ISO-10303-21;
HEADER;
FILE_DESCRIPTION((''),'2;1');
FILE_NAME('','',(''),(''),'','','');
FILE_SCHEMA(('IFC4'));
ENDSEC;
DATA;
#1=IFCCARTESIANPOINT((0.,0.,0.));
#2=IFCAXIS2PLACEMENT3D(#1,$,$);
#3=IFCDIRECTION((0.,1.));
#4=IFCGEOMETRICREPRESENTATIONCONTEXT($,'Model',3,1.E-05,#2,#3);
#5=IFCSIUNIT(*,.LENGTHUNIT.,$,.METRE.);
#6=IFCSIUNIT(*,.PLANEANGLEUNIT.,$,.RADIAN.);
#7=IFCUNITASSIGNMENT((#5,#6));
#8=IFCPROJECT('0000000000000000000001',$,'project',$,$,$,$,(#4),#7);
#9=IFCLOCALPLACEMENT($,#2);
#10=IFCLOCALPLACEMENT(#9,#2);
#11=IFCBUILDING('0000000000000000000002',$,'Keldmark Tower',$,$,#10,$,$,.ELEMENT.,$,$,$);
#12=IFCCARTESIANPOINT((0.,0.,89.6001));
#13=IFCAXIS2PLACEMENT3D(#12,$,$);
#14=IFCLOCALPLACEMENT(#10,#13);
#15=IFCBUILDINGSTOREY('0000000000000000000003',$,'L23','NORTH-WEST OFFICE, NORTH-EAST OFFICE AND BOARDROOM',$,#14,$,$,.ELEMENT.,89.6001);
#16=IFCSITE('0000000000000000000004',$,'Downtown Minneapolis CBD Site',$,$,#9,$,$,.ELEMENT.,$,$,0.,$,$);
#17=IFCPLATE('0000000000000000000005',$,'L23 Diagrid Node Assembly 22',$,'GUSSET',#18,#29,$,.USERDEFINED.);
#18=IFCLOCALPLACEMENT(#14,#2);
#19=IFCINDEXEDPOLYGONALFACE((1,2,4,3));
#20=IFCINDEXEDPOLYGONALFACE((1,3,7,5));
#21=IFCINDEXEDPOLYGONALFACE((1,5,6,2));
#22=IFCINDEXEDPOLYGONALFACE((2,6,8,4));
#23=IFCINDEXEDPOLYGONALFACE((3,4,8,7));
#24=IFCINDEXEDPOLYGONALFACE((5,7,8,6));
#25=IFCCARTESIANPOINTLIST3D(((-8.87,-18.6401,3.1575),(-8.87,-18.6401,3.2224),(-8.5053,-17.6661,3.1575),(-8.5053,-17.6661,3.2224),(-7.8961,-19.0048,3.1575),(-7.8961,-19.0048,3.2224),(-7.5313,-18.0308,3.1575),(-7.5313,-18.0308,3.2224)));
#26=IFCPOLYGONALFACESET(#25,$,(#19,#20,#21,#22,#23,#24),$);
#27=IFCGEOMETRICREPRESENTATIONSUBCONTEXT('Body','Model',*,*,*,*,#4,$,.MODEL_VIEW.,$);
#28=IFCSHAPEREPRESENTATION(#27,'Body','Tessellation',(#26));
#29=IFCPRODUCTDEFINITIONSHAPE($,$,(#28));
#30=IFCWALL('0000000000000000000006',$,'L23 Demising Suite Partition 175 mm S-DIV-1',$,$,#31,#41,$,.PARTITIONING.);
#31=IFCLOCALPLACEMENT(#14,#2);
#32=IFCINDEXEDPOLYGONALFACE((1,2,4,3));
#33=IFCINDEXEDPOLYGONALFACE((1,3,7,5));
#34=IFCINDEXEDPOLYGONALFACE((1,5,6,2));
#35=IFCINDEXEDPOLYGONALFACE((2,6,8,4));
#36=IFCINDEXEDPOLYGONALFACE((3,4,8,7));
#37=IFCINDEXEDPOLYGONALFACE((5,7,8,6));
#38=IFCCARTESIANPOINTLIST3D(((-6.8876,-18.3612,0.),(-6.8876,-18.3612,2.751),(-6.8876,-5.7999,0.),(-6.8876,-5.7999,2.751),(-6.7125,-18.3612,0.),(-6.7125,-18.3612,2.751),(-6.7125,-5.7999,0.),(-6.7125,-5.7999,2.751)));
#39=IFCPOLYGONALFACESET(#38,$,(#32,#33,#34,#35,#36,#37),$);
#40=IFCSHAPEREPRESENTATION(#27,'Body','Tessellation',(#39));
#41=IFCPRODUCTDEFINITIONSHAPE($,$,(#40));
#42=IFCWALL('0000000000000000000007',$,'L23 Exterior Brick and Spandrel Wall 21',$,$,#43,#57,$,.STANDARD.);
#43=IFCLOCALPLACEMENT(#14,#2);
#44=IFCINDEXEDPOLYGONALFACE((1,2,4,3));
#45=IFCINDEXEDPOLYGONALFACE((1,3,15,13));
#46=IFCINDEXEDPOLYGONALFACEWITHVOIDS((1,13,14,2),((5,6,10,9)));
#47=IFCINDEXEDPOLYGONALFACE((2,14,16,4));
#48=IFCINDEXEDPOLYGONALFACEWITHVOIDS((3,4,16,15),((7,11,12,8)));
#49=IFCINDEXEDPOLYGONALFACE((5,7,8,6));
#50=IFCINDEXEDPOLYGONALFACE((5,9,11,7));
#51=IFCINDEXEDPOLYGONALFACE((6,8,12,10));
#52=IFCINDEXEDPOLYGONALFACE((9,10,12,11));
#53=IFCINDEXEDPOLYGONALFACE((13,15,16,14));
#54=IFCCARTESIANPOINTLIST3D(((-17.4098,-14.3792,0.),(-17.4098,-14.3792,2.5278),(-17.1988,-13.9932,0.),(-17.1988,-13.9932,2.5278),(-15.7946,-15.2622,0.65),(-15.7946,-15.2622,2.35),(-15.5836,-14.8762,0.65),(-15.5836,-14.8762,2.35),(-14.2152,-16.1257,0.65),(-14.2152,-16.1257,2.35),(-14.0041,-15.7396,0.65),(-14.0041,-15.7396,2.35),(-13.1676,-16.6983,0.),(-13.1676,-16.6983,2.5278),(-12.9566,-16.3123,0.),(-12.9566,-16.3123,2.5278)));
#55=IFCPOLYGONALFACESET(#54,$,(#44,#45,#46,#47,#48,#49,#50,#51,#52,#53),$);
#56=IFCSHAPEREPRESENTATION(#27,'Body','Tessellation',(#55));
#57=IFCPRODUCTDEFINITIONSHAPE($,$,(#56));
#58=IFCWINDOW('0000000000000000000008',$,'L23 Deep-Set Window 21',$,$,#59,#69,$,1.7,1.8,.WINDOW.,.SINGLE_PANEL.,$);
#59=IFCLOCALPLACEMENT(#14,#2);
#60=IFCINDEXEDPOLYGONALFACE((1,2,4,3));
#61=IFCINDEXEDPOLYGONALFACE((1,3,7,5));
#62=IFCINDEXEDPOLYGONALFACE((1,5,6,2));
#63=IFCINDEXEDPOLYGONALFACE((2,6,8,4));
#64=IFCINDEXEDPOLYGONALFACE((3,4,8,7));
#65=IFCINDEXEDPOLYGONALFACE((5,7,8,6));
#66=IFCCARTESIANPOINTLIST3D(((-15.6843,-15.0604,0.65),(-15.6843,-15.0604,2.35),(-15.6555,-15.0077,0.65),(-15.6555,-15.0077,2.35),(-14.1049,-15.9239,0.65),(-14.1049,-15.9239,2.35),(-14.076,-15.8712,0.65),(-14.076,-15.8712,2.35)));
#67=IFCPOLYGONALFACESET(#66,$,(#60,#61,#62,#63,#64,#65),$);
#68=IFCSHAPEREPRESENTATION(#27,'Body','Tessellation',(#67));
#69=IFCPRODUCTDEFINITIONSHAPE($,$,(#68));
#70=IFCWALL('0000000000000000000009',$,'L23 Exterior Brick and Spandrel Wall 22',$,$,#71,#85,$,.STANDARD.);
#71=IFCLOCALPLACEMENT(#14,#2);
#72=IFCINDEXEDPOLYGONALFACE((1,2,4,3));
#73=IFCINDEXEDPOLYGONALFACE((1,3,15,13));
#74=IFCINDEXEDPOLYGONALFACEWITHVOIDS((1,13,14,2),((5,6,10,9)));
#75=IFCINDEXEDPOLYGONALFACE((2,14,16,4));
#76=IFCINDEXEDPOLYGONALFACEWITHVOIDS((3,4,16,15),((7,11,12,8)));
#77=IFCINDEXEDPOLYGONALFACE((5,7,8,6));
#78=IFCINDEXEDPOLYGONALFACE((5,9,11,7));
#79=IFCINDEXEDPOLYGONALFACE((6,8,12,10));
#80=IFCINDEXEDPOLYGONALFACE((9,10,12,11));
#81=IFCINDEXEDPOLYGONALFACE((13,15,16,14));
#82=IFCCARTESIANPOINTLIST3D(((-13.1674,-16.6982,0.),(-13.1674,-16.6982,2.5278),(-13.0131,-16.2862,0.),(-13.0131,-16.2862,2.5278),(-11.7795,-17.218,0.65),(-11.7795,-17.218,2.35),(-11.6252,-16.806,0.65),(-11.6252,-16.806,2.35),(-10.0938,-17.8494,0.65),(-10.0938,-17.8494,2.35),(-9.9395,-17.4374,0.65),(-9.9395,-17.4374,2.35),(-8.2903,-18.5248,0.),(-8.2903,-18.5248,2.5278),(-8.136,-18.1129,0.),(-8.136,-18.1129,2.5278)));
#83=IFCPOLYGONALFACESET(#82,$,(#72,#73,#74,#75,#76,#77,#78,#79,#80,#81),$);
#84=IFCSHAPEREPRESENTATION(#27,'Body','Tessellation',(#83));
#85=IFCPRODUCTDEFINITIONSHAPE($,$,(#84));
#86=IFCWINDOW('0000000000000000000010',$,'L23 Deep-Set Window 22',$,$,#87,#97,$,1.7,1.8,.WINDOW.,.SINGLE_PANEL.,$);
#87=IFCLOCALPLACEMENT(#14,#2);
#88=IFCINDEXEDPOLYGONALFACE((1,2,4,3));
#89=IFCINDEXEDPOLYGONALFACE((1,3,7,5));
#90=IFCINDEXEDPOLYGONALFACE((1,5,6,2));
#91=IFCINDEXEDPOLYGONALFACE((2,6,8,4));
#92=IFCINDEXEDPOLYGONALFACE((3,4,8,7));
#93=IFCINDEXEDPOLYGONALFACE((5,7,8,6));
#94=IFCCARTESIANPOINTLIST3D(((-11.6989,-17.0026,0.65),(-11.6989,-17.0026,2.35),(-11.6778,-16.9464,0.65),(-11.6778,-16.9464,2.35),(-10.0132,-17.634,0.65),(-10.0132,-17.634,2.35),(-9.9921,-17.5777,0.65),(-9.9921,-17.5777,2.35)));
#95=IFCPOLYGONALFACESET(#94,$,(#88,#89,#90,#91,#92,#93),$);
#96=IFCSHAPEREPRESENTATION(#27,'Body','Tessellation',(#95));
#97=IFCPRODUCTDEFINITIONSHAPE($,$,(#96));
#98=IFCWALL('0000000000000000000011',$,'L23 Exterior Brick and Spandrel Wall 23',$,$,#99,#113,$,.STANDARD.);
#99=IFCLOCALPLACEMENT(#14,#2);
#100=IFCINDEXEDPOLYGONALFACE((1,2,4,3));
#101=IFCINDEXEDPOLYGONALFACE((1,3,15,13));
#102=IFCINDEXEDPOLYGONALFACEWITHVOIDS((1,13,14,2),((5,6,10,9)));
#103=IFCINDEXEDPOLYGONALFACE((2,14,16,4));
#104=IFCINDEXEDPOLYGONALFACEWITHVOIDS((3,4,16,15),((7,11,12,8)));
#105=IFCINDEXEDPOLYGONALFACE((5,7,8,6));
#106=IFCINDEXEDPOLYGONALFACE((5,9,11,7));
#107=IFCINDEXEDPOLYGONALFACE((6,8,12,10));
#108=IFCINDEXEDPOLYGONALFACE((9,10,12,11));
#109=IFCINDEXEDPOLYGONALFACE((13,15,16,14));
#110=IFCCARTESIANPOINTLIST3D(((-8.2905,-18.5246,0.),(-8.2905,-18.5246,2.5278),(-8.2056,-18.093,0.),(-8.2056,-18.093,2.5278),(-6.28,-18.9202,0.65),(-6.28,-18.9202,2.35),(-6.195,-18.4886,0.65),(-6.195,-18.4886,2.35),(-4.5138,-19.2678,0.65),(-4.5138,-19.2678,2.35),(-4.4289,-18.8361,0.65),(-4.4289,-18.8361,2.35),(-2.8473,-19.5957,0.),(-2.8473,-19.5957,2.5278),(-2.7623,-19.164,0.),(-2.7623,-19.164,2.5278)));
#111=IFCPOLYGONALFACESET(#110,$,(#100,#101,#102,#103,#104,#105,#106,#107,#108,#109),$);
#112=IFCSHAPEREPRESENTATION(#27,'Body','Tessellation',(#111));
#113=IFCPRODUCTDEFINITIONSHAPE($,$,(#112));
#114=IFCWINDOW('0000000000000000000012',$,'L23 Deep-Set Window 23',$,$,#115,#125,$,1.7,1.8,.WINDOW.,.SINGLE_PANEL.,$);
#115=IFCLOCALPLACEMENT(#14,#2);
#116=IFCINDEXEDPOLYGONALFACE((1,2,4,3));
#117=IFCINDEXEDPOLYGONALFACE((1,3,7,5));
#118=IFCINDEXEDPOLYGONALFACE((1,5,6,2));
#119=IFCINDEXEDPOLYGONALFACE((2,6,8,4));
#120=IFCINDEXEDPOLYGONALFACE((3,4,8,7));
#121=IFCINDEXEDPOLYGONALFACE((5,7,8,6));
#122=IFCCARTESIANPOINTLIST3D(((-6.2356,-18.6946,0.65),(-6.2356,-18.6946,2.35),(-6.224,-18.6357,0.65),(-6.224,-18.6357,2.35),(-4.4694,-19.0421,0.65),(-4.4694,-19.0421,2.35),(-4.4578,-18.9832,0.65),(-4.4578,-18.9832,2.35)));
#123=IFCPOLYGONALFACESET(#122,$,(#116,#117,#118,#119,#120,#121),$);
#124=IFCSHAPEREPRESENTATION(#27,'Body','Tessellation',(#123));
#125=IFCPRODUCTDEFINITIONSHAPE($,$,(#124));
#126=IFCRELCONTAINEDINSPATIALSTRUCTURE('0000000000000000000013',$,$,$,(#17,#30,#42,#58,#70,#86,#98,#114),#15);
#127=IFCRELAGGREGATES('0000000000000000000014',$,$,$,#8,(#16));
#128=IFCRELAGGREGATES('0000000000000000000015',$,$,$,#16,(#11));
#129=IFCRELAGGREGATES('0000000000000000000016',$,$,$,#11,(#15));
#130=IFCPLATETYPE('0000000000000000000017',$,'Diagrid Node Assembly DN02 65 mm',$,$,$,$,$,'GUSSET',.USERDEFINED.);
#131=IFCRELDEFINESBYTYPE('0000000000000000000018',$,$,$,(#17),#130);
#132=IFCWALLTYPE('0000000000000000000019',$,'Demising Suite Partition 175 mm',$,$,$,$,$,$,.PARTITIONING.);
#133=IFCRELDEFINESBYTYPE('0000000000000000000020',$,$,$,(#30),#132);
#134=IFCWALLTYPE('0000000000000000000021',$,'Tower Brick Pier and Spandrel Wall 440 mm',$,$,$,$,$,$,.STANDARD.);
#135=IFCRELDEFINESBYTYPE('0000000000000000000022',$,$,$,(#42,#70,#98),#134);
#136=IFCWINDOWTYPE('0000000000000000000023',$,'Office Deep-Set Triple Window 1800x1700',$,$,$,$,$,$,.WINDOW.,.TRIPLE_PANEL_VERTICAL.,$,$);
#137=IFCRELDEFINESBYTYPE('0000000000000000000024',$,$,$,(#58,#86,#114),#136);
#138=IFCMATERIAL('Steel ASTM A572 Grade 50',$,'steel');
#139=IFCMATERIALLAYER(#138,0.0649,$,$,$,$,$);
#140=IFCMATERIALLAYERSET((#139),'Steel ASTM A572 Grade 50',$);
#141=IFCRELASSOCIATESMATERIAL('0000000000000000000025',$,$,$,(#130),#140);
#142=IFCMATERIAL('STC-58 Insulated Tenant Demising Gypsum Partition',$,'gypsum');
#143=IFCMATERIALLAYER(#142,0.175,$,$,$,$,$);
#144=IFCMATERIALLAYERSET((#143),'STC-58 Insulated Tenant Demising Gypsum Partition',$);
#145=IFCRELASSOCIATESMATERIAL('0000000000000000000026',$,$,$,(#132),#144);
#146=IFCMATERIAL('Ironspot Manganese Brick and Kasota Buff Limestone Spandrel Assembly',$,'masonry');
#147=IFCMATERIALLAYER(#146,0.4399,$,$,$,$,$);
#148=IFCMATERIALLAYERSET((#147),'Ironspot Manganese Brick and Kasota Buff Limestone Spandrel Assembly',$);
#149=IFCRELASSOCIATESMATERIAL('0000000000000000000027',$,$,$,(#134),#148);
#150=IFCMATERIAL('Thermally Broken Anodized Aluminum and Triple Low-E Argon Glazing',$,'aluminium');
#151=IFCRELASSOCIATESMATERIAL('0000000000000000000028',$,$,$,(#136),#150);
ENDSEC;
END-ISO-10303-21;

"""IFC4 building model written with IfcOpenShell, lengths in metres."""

from ifc_helpers import new_model, si_unit, direction, frame, frame_2d, origin, origin_2d, place, context, subcontext, project, spatial, rectangle, extrude, material, layer, layer_set, type_object, element, fill, save


model = new_model("IFC4")

# Units and contexts
model_context = context("Model", 3, precision=1e-05, world=origin(), true_north=direction((0.0, 1.0)))
body_context = subcontext(model_context, "Body", "Model", "MODEL_VIEW")
ifc_project = project(units=[si_unit("LENGTHUNIT", "METRE"), si_unit("PLANEANGLEUNIT", "RADIAN")], contexts=[model_context])

# Site, building, storey
site_placement = place(None, origin())
site = spatial("IfcSite", under=ifc_project, at=site_placement, Name="Downtown Minneapolis CBD Site", CompositionType="ELEMENT", RefElevation=0.0)
building_placement = place(site_placement, origin())
building = spatial("IfcBuilding", under=site, at=building_placement, Name="Keldmark Tower", CompositionType="ELEMENT")
storey_placement = place(building_placement, frame((0.0, 0.0, 89.6001)))
storey = spatial("IfcBuildingStorey", under=building, at=storey_placement, Name="L23", Description="NORTH-WEST OFFICE, NORTH-EAST OFFICE AND BOARDROOM", CompositionType="ELEMENT", Elevation=89.6001)

# Plate
ifc_material_1 = material(Name="Steel ASTM A572 Grade 50", Category="steel")
ifc_layer_1 = layer(ifc_material_1, 0.0649)
ifc_layer_set_1 = layer_set([ifc_layer_1], Name="Steel ASTM A572 Grade 50")
plate_type = type_object("IfcPlateType", Name="Diagrid Node Assembly DN02 65 mm", ElementType="GUSSET", PredefinedType="USERDEFINED", material=ifc_layer_set_1)
plate_placement = place(storey_placement, frame((-8.2007, -18.3354, 3.1575), z_axis=(0.0, 0.0, 1.0), x_axis=(0.936489, -0.350698, 0.0)))
element("IfcPlate", 1, at=plate_placement, inside=storey, type_object=plate_type, Name="L23 Diagrid Node Assembly 22", ObjectType="GUSSET", PredefinedType="USERDEFINED", context=body_context, shape_type="SweptSolid", body=[
    extrude(rectangle(XDim=1.04, YDim=1.04, at=origin_2d()), origin(), (0.0, 0.0, 1.0), 0.0649),
])

# Wall
ifc_material_2 = material(Name="STC-58 Insulated Tenant Demising Gypsum Partition", Category="gypsum")
ifc_layer_2 = layer(ifc_material_2, 0.175)
ifc_layer_set_2 = layer_set([ifc_layer_2], Name="STC-58 Insulated Tenant Demising Gypsum Partition")
wall_type_1 = type_object("IfcWallType", Name="Demising Suite Partition 175 mm", PredefinedType="PARTITIONING", material=ifc_layer_set_2)
wall_1_placement = place(storey_placement, frame((-6.8, -18.3613, 0.0), z_axis=(0.0, 0.0, 1.0), x_axis=(0.0, 1.0, 0.0)))
element("IfcWall", 2, at=wall_1_placement, inside=storey, type_object=wall_type_1, Name="L23 Demising Suite Partition 175 mm S-DIV-1", PredefinedType="PARTITIONING", context=body_context, shape_type="SweptSolid", body=[
    extrude(rectangle(XDim=12.5613, YDim=0.175, at=frame_2d((6.2808, 0.0))), origin(), (0.0, 0.0, 1.0), 2.751),
])

# Walls, openings, windows
ifc_material_3 = material(Name="Ironspot Manganese Brick and Kasota Buff Limestone Spandrel Assembly", Category="masonry")
ifc_layer_3 = layer(ifc_material_3, 0.4399)
ifc_layer_set_3 = layer_set([ifc_layer_3], Name="Ironspot Manganese Brick and Kasota Buff Limestone Spandrel Assembly")
wall_type_2 = type_object("IfcWallType", Name="Tower Brick Pier and Spandrel Wall 440 mm", PredefinedType="STANDARD", material=ifc_layer_set_3)
wall_2_placement = place(storey_placement, frame((-13.062, -16.5054, 0.0), z_axis=(0.0, 0.0, 1.0), x_axis=(-0.877446, 0.479676, 0.0)))
wall_2 = element("IfcWall", 3, at=wall_2_placement, inside=storey, type_object=wall_type_2, Name="L23 Exterior Brick and Spandrel Wall 21", PredefinedType="STANDARD", context=body_context, shape_type="SweptSolid", body=[
    extrude(rectangle(XDim=4.8347, YDim=0.4399, at=frame_2d((2.4175, 0.0))), origin(), (0.0, 0.0, 1.0), 2.5278),
])
opening_1_placement = place(wall_2_placement, frame((1.1941, 0.0, 0.6499)))
opening_1 = element("IfcOpeningElement", 4, at=opening_1_placement, cuts=wall_2, PredefinedType="OPENING", context=body_context, shape_type="SweptSolid", body=[
    extrude(rectangle(XDim=1.8, YDim=1.7, at=frame_2d((0.8999, 0.8501))), frame((0.0, 0.23, 0.0), z_axis=(0.0, -1.0, 0.0), x_axis=(1.0, 0.0, 0.0)), (0.0, 0.0, 1.0), 0.46),
])
ifc_material_4 = material(Name="Thermally Broken Anodized Aluminum and Triple Low-E Argon Glazing", Category="aluminium")
window_type = type_object("IfcWindowType", Name="Office Deep-Set Triple Window 1800x1700", PartitioningType="TRIPLE_PANEL_VERTICAL", PredefinedType="WINDOW", material=ifc_material_4)
window_1_placement = place(opening_1_placement, origin())
window_1 = element("IfcWindow", 5, at=window_1_placement, inside=storey, type_object=window_type, Name="L23 Deep-Set Window 21", OverallHeight=1.7, OverallWidth=1.8, PartitioningType="SINGLE_PANEL", PredefinedType="WINDOW", context=body_context, shape_type="SweptSolid", body=[
    extrude(rectangle(XDim=1.8, YDim=1.7, at=frame_2d((0.8999, 0.8501))), frame((0.0, -0.01, 0.0), z_axis=(0.0, -1.0, 0.0), x_axis=(1.0, 0.0, 0.0)), (0.0, 0.0, 1.0), 0.0601),
])
fill(opening_1, window_1)
wall_3_placement = place(storey_placement, frame((-8.2131, -18.3188, 0.0), z_axis=(0.0, 0.0, 1.0), x_axis=(-0.936474, 0.350738, 0.0)))
wall_3 = element("IfcWall", 6, at=wall_3_placement, inside=storey, type_object=wall_type_2, Name="L23 Exterior Brick and Spandrel Wall 22", PredefinedType="STANDARD", context=body_context, shape_type="SweptSolid", body=[
    extrude(rectangle(XDim=5.208, YDim=0.4399, at=frame_2d((2.604, 0.0))), origin(), (0.0, 0.0, 1.0), 2.5278),
])
opening_2_placement = place(wall_3_placement, frame((1.926, 0.0, 0.6499)))
opening_2 = element("IfcOpeningElement", 7, at=opening_2_placement, cuts=wall_3, PredefinedType="OPENING", context=body_context, shape_type="SweptSolid", body=[
    extrude(rectangle(XDim=1.8, YDim=1.7, at=frame_2d((0.8999, 0.8501))), frame((0.0, 0.23, 0.0), z_axis=(0.0, -1.0, 0.0), x_axis=(1.0, 0.0, 0.0)), (0.0, 0.0, 1.0), 0.46),
])
window_2_placement = place(opening_2_placement, origin())
window_2 = element("IfcWindow", 8, at=window_2_placement, inside=storey, type_object=window_type, Name="L23 Deep-Set Window 22", OverallHeight=1.7, OverallWidth=1.8, PartitioningType="SINGLE_PANEL", PredefinedType="WINDOW", context=body_context, shape_type="SweptSolid", body=[
    extrude(rectangle(XDim=1.8, YDim=1.7, at=frame_2d((0.8999, 0.8501))), frame((0.0, -0.01, 0.0), z_axis=(0.0, -1.0, 0.0), x_axis=(1.0, 0.0, 0.0)), (0.0, 0.0, 1.0), 0.0601),
])
fill(opening_2, window_2)
wall_4_placement = place(storey_placement, frame((-2.8047, -19.3799, 0.0), z_axis=(0.0, 0.0, 1.0), x_axis=(-0.981185, 0.193068, 0.0)))
wall_4 = element("IfcWall", 9, at=wall_4_placement, inside=storey, type_object=wall_type_2, Name="L23 Exterior Brick and Spandrel Wall 23", PredefinedType="STANDARD", context=body_context, shape_type="SweptSolid", body=[
    extrude(rectangle(XDim=5.5476, YDim=0.4399, at=frame_2d((2.7739, 0.0))), origin(), (0.0, 0.0, 1.0), 2.5278),
])
opening_3_placement = place(wall_4_placement, frame((1.6987, 0.0, 0.6499)))
opening_3 = element("IfcOpeningElement", 10, at=opening_3_placement, cuts=wall_4, PredefinedType="OPENING", context=body_context, shape_type="SweptSolid", body=[
    extrude(rectangle(XDim=1.8, YDim=1.7, at=frame_2d((0.8999, 0.8501))), frame((0.0, 0.23, 0.0), z_axis=(0.0, -1.0, 0.0), x_axis=(1.0, 0.0, 0.0)), (0.0, 0.0, 1.0), 0.46),
])
window_3_placement = place(opening_3_placement, origin())
window_3 = element("IfcWindow", 11, at=window_3_placement, inside=storey, type_object=window_type, Name="L23 Deep-Set Window 23", OverallHeight=1.7, OverallWidth=1.8, PartitioningType="SINGLE_PANEL", PredefinedType="WINDOW", context=body_context, shape_type="SweptSolid", body=[
    extrude(rectangle(XDim=1.8, YDim=1.7, at=frame_2d((0.8999, 0.8501))), frame((0.0, -0.01, 0.0), z_axis=(0.0, -1.0, 0.0), x_axis=(1.0, 0.0, 0.0)), (0.0, 0.0, 1.0), 0.0601),
])
fill(opening_3, window_3)

save(model, "model.ifc")
